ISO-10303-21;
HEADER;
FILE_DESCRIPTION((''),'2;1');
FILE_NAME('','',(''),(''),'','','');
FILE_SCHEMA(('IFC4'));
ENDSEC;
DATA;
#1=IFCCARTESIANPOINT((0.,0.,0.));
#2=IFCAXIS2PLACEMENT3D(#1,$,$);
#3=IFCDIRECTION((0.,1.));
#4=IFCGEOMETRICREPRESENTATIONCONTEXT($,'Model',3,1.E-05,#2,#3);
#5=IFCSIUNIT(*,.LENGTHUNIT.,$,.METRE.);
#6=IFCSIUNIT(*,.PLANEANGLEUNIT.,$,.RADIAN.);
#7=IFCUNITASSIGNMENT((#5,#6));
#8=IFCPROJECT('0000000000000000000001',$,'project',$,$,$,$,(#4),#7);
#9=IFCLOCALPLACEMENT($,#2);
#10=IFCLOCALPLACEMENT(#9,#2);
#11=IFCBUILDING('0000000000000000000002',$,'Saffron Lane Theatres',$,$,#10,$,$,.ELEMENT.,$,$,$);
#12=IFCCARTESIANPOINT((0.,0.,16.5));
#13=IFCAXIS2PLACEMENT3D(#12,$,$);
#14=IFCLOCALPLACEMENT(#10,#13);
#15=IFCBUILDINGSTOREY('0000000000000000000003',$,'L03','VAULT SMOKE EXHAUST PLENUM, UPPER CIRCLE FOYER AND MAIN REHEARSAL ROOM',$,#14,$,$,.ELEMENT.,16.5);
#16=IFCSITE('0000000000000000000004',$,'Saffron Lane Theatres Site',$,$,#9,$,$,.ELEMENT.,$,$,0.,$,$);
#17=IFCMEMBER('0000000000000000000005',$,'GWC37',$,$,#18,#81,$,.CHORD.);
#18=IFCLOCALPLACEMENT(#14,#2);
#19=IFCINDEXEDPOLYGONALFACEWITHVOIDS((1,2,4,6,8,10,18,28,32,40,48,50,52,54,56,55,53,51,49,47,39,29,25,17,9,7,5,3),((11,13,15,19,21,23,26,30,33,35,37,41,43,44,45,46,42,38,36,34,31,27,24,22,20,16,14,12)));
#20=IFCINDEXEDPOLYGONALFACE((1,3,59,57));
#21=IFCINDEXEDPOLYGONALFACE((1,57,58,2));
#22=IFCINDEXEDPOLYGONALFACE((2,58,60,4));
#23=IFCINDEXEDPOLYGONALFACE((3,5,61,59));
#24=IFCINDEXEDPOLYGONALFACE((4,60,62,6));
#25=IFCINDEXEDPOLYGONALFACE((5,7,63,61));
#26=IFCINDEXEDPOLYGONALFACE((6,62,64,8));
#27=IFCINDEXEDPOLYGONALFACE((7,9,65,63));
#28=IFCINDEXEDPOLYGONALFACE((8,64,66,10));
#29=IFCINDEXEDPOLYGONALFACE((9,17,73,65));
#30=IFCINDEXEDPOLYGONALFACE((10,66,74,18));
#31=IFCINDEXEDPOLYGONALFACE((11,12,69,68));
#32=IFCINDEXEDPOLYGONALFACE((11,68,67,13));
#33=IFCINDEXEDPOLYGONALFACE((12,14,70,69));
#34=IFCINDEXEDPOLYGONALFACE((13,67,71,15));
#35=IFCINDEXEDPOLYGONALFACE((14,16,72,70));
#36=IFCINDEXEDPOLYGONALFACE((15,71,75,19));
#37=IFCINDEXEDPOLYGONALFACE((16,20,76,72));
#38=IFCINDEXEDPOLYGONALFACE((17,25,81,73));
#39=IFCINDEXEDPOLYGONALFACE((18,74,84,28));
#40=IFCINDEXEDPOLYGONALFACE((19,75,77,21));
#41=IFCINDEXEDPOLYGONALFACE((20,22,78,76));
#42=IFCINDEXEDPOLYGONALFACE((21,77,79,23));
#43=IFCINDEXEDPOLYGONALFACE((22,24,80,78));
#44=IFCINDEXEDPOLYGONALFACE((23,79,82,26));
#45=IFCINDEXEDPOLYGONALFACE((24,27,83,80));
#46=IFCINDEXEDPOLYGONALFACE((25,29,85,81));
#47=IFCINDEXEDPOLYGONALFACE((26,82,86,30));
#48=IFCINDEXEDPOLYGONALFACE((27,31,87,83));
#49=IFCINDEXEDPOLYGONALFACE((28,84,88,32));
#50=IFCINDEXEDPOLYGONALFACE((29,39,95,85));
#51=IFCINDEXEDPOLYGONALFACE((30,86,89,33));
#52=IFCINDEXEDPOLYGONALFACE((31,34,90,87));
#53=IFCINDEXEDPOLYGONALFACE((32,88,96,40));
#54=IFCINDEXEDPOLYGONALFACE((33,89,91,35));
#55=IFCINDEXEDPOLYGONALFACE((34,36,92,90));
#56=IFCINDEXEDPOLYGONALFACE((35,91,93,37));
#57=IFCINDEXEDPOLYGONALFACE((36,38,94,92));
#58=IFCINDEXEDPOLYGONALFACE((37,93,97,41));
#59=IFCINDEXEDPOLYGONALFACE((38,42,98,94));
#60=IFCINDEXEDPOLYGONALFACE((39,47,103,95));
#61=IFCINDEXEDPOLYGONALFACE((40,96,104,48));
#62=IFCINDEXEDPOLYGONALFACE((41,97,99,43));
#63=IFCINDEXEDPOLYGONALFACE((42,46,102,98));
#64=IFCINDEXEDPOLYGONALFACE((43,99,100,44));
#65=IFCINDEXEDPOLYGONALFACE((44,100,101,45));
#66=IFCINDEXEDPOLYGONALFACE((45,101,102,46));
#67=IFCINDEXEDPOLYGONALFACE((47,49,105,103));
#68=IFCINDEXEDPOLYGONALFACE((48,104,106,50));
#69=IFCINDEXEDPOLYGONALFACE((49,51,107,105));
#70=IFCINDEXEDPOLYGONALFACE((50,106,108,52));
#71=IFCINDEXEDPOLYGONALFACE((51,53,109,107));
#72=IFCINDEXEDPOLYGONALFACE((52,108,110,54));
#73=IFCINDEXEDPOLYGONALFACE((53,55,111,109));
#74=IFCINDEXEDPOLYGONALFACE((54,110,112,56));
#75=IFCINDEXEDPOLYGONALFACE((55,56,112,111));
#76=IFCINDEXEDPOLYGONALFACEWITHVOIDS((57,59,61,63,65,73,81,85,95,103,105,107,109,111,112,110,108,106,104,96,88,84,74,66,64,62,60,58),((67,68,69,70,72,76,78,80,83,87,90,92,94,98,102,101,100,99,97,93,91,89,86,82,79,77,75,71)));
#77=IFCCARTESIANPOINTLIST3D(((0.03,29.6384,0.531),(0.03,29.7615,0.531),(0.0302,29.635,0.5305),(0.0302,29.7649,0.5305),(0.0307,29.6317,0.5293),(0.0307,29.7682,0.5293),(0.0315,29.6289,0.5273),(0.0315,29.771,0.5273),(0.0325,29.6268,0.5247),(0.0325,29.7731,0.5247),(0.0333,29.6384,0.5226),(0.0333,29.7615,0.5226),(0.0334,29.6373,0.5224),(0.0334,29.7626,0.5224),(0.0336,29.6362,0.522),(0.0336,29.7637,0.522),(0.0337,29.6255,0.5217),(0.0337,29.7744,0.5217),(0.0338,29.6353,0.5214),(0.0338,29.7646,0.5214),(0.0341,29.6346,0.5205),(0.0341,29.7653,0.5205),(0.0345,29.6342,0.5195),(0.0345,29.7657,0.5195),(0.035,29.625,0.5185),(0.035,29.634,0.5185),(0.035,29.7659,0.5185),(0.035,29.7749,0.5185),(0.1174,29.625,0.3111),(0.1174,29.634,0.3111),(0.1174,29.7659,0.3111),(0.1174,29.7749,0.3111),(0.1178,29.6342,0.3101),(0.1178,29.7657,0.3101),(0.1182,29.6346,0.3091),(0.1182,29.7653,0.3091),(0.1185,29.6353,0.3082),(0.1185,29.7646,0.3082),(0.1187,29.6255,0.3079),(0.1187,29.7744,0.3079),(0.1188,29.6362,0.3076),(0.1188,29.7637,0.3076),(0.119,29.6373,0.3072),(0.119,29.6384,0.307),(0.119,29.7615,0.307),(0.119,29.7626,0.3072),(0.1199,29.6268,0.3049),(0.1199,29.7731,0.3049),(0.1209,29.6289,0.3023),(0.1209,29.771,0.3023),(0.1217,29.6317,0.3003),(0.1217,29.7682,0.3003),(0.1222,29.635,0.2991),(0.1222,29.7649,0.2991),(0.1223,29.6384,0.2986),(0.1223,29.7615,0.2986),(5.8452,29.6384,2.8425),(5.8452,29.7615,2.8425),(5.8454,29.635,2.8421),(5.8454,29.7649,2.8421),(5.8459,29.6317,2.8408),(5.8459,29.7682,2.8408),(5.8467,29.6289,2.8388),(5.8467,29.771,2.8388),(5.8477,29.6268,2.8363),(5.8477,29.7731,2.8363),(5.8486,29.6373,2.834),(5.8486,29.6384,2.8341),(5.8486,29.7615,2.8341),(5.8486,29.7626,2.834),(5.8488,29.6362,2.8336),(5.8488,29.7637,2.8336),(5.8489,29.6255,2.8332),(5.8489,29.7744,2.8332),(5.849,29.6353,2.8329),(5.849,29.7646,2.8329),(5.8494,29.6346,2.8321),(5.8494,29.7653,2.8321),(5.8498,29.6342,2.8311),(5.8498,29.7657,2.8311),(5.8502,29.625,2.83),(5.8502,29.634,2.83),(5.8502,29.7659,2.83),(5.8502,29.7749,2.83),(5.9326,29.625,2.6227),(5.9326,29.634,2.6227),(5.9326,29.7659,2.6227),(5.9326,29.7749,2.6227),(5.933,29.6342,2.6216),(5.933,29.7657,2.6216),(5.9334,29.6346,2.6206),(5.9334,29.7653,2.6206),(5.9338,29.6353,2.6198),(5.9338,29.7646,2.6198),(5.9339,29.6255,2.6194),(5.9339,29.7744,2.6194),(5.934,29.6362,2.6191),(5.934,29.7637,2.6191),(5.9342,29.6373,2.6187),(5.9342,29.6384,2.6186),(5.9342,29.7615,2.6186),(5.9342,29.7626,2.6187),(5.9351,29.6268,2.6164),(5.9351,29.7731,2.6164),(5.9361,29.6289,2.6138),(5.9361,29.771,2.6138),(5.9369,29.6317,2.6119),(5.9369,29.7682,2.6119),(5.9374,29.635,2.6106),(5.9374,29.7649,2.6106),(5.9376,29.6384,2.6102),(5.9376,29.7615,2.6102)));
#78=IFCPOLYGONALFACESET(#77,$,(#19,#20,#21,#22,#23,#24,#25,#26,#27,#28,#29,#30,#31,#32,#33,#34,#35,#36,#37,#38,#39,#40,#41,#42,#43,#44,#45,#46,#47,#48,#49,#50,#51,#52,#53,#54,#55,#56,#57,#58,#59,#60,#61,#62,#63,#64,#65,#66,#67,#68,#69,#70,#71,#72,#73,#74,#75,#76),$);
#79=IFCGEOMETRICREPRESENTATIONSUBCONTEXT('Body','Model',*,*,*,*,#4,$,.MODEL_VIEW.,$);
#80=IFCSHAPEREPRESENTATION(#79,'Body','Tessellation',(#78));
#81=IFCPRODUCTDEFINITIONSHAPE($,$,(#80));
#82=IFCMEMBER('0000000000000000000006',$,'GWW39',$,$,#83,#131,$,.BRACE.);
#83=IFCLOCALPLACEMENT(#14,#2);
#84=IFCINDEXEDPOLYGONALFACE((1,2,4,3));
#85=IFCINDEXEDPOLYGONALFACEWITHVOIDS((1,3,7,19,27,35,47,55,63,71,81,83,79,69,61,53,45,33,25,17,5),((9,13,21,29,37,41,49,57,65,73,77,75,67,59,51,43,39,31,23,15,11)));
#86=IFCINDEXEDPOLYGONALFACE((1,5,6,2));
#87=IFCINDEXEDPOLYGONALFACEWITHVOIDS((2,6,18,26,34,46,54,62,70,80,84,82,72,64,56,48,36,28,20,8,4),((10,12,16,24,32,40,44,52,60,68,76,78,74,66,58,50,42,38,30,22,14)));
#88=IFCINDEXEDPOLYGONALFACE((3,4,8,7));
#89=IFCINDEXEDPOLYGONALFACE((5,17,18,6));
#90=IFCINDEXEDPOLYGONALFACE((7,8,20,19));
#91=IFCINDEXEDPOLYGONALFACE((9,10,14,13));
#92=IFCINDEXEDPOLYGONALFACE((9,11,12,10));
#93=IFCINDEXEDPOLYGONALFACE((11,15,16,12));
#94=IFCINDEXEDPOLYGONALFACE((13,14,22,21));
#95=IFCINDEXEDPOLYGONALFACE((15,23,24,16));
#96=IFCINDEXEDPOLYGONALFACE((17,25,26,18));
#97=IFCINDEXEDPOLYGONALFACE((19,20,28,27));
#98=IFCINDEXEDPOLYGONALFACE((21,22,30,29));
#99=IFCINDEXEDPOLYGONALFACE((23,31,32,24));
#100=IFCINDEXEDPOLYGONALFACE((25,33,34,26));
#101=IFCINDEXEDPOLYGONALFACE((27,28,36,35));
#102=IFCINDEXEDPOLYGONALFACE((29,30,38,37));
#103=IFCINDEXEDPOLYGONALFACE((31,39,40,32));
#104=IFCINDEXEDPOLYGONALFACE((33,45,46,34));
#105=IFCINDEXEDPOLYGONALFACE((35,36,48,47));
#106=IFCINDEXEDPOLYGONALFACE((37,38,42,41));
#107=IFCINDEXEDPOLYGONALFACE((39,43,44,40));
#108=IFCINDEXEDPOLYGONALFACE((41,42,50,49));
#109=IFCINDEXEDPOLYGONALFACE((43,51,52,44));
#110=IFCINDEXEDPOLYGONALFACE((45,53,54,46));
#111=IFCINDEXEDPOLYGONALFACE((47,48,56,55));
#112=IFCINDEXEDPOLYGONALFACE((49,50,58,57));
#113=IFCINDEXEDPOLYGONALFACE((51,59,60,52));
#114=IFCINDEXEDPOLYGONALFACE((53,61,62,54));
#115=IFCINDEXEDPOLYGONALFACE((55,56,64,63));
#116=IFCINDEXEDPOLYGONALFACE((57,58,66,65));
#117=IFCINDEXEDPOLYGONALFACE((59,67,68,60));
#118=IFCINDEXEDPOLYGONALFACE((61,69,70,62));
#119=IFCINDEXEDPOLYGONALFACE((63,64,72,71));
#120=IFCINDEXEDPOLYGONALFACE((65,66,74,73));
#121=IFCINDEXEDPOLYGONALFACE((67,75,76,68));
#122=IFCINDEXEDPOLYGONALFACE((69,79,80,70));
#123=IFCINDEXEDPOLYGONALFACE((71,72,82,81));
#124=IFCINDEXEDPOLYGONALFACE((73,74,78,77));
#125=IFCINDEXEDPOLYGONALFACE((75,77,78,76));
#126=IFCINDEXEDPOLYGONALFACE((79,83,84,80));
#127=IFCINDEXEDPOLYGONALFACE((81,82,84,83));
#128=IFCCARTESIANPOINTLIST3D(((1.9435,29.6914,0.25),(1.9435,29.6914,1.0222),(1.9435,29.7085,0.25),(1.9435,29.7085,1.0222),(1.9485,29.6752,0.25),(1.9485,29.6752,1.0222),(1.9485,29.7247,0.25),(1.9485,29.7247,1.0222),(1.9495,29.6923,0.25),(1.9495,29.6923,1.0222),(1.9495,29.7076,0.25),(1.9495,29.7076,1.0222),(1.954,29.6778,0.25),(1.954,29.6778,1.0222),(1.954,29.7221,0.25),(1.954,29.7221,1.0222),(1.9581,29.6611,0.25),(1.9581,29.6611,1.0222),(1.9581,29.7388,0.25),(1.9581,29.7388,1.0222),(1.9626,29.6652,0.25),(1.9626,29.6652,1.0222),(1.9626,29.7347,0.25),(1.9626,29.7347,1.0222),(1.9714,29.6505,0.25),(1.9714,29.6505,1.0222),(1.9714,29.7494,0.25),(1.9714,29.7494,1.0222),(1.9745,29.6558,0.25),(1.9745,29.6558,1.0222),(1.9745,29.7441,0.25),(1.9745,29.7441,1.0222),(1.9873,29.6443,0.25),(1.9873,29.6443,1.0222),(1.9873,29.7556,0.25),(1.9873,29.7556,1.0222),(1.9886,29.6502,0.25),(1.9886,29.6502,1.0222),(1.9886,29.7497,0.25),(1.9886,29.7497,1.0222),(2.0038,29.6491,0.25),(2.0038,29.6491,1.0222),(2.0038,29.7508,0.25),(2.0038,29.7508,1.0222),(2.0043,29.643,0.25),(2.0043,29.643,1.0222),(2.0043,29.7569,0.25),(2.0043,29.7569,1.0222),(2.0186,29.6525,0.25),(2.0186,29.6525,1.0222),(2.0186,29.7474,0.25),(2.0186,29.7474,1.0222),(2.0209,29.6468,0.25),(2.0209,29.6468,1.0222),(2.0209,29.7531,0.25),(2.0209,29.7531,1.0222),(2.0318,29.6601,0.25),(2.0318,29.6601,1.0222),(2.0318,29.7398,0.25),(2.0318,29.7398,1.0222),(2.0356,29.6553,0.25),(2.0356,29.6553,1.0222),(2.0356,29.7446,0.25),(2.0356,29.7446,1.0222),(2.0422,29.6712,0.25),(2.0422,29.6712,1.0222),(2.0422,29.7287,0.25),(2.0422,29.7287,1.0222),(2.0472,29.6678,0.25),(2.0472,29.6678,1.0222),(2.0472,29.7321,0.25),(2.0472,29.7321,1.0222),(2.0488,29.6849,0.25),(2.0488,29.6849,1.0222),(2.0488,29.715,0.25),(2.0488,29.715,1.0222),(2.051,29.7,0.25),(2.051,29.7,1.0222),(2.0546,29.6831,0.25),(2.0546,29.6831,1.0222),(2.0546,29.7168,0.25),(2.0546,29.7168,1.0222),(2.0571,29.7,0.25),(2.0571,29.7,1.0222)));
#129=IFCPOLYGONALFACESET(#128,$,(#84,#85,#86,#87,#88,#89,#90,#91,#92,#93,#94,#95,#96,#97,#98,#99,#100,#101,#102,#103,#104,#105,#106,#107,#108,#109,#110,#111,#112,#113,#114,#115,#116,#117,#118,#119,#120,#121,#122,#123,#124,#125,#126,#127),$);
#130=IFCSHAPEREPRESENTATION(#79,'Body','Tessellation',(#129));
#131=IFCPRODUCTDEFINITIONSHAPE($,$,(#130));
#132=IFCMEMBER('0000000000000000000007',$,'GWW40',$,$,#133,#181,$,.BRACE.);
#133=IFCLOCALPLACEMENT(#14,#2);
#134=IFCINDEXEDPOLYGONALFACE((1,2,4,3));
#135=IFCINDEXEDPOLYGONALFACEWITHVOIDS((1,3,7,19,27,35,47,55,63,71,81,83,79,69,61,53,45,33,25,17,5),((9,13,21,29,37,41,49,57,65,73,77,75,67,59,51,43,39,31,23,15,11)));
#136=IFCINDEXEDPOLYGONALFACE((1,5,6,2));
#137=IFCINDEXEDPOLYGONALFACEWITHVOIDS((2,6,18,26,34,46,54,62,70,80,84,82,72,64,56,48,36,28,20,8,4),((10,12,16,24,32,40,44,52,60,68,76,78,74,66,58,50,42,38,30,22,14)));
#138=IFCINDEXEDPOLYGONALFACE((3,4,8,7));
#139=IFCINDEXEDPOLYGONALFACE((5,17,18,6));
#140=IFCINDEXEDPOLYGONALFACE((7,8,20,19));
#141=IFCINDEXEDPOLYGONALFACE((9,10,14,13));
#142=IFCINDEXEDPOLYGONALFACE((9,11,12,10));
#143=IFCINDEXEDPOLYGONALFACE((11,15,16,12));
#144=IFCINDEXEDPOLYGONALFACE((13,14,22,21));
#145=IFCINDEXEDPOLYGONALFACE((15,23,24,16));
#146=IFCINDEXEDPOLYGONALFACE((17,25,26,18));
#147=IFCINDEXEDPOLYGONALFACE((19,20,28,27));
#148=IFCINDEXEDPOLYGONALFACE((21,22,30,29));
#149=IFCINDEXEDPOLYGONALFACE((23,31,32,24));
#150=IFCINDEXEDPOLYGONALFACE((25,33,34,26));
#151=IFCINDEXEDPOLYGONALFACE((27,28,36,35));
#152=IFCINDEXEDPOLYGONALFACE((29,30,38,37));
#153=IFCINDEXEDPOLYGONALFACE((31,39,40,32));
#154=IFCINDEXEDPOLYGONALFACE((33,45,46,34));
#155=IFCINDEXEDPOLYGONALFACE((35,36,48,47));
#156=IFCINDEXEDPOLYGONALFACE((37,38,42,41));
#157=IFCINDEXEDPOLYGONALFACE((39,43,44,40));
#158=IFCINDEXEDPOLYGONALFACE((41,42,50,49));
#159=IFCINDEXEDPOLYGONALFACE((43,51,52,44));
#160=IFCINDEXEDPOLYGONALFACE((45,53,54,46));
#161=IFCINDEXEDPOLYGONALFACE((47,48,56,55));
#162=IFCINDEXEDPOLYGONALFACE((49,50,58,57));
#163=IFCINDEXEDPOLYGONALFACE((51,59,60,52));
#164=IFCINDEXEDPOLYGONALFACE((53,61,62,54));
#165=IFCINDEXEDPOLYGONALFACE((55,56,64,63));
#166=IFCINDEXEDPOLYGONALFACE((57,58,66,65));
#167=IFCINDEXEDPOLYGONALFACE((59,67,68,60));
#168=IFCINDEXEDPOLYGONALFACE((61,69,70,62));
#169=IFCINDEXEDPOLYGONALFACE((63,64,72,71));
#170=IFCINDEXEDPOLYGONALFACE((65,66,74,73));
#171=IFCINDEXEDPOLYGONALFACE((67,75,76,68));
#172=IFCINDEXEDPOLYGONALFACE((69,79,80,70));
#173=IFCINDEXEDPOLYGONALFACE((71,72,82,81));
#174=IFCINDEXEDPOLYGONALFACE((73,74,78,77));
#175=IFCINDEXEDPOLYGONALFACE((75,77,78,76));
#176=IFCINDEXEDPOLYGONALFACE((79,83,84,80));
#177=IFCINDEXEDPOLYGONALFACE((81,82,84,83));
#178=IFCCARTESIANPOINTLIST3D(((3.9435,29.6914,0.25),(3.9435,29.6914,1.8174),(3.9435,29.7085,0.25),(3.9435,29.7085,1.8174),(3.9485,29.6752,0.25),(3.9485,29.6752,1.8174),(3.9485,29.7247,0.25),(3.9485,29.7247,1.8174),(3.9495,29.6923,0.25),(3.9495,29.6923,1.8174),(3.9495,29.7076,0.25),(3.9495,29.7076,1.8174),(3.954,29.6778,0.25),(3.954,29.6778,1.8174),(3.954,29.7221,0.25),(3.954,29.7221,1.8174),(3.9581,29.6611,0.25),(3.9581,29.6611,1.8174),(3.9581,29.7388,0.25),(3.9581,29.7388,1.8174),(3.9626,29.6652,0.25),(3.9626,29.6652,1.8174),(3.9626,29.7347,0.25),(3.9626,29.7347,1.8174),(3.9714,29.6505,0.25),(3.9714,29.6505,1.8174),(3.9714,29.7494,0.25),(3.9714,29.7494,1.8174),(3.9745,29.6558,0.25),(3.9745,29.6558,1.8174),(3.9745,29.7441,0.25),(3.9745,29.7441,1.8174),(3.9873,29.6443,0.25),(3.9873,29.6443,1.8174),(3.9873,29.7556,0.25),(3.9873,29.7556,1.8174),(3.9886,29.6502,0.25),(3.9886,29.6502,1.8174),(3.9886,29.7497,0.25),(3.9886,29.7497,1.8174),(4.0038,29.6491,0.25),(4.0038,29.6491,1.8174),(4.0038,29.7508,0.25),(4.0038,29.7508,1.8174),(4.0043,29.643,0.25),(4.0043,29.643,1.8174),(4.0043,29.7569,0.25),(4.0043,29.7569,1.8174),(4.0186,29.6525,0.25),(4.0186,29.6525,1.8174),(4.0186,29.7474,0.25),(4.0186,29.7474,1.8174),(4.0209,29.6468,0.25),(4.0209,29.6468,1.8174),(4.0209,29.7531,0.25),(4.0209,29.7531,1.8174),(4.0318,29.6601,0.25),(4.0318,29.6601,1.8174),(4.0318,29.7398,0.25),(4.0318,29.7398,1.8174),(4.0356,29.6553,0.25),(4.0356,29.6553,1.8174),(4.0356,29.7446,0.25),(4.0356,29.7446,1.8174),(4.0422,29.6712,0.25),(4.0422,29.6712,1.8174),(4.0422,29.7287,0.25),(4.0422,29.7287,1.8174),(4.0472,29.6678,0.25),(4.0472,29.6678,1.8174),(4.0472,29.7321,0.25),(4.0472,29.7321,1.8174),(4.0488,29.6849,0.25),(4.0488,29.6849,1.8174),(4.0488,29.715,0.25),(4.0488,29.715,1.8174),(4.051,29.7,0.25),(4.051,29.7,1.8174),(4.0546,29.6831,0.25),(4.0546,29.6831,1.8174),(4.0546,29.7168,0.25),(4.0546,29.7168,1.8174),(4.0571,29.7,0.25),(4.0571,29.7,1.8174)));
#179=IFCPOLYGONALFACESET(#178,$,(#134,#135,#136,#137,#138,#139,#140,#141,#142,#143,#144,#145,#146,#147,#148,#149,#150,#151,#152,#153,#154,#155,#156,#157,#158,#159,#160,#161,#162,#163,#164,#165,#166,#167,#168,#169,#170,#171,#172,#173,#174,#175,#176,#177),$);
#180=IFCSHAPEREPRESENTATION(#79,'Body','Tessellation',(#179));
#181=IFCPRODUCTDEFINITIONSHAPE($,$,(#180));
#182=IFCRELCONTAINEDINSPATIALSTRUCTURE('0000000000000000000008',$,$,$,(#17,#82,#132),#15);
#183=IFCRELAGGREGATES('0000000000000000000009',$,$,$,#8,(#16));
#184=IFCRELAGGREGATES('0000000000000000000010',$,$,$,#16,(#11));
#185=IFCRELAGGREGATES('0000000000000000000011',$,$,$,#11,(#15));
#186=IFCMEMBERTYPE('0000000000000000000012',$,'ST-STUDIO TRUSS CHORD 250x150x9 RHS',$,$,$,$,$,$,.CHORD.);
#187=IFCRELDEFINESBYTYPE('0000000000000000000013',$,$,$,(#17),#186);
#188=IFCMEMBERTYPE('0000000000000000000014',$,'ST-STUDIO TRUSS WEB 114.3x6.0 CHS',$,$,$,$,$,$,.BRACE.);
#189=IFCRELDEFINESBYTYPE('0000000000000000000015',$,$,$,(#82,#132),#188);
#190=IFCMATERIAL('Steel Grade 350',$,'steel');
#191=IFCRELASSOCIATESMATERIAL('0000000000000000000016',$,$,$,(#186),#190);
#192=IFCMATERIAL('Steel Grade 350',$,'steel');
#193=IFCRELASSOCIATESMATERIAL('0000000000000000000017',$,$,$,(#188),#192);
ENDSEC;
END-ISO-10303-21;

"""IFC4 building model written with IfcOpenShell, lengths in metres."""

from ifc_helpers import new_model, si_unit, direction, frame, origin, origin_2d, place, context, subcontext, project, spatial, hollow_rectangle, hollow_circle, extrude, material, material_profile, profile_set, type_object, element, save


model = new_model("IFC4")

# Units and contexts
model_context = context("Model", 3, precision=1e-05, world=origin(), true_north=direction((0.0, 1.0)))
body_context = subcontext(model_context, "Body", "Model", "MODEL_VIEW")
ifc_project = project(units=[si_unit("LENGTHUNIT", "METRE"), si_unit("PLANEANGLEUNIT", "RADIAN")], contexts=[model_context])

# Site, building, storey
site_placement = place(None, origin())
site = spatial("IfcSite", under=ifc_project, at=site_placement, Name="Saffron Lane Theatres Site", CompositionType="ELEMENT", RefElevation=0.0)
building_placement = place(site_placement, origin())
building = spatial("IfcBuilding", under=site, at=building_placement, Name="Saffron Lane Theatres", CompositionType="ELEMENT")
storey_placement = place(building_placement, frame((0.0, 0.0, 16.5)))
storey = spatial("IfcBuildingStorey", under=building, at=storey_placement, Name="L03", Description="VAULT SMOKE EXHAUST PLENUM, UPPER CIRCLE FOYER AND MAIN REHEARSAL ROOM", CompositionType="ELEMENT", Elevation=16.5)

# Members
ifc_material_1 = material(Name="Steel Grade 350", Category="steel")
ifc_material_profile_1 = material_profile(ifc_material_1, hollow_rectangle(XDim=0.1499, YDim=0.25, WallThickness=0.009, InnerFilletRadius=0.0044, OuterFilletRadius=0.0134, at=origin_2d()))
ifc_profile_set_1 = profile_set([ifc_material_profile_1], Name="Steel Grade 350")
member_type_1 = type_object("IfcMemberType", Name="ST-STUDIO TRUSS CHORD 250x150x9 RHS", PredefinedType="CHORD", material=ifc_profile_set_1)
member_1_placement = place(storey_placement, frame((0.0762, 29.7, 0.4148), z_axis=(0.929276, 0.0, 0.369385), x_axis=(0.0, 1.0, 0.0)))
element("IfcMember", 1, at=member_1_placement, inside=storey, type_object=member_type_1, Name="GWC37", PredefinedType="CHORD", context=body_context, shape_type="SweptSolid", body=[
    extrude(hollow_rectangle(XDim=0.1499, YDim=0.25, WallThickness=0.009, InnerFilletRadius=0.0044, OuterFilletRadius=0.0134, at=origin_2d()), origin(), (0.0, 0.0, 1.0), 6.2578),
])
ifc_material_2 = material(Name="Steel Grade 350", Category="steel")
ifc_material_profile_2 = material_profile(ifc_material_2, hollow_circle(Radius=0.0571, WallThickness=0.0061, at=origin_2d()))
ifc_profile_set_2 = profile_set([ifc_material_profile_2], Name="Steel Grade 350")
member_type_2 = type_object("IfcMemberType", Name="ST-STUDIO TRUSS WEB 114.3x6.0 CHS", PredefinedType="BRACE", material=ifc_profile_set_2)
member_2_placement = place(storey_placement, frame((2.0, 29.7, 0.25), z_axis=(0.0, 0.0, 1.0), x_axis=(1.0, 0.0, 0.0)))
element("IfcMember", 2, at=member_2_placement, inside=storey, type_object=member_type_2, Name="GWW39", PredefinedType="BRACE", context=body_context, shape_type="SweptSolid", body=[
    extrude(hollow_circle(Radius=0.0571, WallThickness=0.0061, at=origin_2d()), origin(), (0.0, 0.0, 1.0), 0.7722),
])
member_3_placement = place(storey_placement, frame((4.0, 29.7, 0.25), z_axis=(0.0, 0.0, 1.0), x_axis=(1.0, 0.0, 0.0)))
element("IfcMember", 3, at=member_3_placement, inside=storey, type_object=member_type_2, Name="GWW40", PredefinedType="BRACE", context=body_context, shape_type="SweptSolid", body=[
    extrude(hollow_circle(Radius=0.0571, WallThickness=0.0061, at=origin_2d()), origin(), (0.0, 0.0, 1.0), 1.5674),
])

save(model, "model.ifc")
